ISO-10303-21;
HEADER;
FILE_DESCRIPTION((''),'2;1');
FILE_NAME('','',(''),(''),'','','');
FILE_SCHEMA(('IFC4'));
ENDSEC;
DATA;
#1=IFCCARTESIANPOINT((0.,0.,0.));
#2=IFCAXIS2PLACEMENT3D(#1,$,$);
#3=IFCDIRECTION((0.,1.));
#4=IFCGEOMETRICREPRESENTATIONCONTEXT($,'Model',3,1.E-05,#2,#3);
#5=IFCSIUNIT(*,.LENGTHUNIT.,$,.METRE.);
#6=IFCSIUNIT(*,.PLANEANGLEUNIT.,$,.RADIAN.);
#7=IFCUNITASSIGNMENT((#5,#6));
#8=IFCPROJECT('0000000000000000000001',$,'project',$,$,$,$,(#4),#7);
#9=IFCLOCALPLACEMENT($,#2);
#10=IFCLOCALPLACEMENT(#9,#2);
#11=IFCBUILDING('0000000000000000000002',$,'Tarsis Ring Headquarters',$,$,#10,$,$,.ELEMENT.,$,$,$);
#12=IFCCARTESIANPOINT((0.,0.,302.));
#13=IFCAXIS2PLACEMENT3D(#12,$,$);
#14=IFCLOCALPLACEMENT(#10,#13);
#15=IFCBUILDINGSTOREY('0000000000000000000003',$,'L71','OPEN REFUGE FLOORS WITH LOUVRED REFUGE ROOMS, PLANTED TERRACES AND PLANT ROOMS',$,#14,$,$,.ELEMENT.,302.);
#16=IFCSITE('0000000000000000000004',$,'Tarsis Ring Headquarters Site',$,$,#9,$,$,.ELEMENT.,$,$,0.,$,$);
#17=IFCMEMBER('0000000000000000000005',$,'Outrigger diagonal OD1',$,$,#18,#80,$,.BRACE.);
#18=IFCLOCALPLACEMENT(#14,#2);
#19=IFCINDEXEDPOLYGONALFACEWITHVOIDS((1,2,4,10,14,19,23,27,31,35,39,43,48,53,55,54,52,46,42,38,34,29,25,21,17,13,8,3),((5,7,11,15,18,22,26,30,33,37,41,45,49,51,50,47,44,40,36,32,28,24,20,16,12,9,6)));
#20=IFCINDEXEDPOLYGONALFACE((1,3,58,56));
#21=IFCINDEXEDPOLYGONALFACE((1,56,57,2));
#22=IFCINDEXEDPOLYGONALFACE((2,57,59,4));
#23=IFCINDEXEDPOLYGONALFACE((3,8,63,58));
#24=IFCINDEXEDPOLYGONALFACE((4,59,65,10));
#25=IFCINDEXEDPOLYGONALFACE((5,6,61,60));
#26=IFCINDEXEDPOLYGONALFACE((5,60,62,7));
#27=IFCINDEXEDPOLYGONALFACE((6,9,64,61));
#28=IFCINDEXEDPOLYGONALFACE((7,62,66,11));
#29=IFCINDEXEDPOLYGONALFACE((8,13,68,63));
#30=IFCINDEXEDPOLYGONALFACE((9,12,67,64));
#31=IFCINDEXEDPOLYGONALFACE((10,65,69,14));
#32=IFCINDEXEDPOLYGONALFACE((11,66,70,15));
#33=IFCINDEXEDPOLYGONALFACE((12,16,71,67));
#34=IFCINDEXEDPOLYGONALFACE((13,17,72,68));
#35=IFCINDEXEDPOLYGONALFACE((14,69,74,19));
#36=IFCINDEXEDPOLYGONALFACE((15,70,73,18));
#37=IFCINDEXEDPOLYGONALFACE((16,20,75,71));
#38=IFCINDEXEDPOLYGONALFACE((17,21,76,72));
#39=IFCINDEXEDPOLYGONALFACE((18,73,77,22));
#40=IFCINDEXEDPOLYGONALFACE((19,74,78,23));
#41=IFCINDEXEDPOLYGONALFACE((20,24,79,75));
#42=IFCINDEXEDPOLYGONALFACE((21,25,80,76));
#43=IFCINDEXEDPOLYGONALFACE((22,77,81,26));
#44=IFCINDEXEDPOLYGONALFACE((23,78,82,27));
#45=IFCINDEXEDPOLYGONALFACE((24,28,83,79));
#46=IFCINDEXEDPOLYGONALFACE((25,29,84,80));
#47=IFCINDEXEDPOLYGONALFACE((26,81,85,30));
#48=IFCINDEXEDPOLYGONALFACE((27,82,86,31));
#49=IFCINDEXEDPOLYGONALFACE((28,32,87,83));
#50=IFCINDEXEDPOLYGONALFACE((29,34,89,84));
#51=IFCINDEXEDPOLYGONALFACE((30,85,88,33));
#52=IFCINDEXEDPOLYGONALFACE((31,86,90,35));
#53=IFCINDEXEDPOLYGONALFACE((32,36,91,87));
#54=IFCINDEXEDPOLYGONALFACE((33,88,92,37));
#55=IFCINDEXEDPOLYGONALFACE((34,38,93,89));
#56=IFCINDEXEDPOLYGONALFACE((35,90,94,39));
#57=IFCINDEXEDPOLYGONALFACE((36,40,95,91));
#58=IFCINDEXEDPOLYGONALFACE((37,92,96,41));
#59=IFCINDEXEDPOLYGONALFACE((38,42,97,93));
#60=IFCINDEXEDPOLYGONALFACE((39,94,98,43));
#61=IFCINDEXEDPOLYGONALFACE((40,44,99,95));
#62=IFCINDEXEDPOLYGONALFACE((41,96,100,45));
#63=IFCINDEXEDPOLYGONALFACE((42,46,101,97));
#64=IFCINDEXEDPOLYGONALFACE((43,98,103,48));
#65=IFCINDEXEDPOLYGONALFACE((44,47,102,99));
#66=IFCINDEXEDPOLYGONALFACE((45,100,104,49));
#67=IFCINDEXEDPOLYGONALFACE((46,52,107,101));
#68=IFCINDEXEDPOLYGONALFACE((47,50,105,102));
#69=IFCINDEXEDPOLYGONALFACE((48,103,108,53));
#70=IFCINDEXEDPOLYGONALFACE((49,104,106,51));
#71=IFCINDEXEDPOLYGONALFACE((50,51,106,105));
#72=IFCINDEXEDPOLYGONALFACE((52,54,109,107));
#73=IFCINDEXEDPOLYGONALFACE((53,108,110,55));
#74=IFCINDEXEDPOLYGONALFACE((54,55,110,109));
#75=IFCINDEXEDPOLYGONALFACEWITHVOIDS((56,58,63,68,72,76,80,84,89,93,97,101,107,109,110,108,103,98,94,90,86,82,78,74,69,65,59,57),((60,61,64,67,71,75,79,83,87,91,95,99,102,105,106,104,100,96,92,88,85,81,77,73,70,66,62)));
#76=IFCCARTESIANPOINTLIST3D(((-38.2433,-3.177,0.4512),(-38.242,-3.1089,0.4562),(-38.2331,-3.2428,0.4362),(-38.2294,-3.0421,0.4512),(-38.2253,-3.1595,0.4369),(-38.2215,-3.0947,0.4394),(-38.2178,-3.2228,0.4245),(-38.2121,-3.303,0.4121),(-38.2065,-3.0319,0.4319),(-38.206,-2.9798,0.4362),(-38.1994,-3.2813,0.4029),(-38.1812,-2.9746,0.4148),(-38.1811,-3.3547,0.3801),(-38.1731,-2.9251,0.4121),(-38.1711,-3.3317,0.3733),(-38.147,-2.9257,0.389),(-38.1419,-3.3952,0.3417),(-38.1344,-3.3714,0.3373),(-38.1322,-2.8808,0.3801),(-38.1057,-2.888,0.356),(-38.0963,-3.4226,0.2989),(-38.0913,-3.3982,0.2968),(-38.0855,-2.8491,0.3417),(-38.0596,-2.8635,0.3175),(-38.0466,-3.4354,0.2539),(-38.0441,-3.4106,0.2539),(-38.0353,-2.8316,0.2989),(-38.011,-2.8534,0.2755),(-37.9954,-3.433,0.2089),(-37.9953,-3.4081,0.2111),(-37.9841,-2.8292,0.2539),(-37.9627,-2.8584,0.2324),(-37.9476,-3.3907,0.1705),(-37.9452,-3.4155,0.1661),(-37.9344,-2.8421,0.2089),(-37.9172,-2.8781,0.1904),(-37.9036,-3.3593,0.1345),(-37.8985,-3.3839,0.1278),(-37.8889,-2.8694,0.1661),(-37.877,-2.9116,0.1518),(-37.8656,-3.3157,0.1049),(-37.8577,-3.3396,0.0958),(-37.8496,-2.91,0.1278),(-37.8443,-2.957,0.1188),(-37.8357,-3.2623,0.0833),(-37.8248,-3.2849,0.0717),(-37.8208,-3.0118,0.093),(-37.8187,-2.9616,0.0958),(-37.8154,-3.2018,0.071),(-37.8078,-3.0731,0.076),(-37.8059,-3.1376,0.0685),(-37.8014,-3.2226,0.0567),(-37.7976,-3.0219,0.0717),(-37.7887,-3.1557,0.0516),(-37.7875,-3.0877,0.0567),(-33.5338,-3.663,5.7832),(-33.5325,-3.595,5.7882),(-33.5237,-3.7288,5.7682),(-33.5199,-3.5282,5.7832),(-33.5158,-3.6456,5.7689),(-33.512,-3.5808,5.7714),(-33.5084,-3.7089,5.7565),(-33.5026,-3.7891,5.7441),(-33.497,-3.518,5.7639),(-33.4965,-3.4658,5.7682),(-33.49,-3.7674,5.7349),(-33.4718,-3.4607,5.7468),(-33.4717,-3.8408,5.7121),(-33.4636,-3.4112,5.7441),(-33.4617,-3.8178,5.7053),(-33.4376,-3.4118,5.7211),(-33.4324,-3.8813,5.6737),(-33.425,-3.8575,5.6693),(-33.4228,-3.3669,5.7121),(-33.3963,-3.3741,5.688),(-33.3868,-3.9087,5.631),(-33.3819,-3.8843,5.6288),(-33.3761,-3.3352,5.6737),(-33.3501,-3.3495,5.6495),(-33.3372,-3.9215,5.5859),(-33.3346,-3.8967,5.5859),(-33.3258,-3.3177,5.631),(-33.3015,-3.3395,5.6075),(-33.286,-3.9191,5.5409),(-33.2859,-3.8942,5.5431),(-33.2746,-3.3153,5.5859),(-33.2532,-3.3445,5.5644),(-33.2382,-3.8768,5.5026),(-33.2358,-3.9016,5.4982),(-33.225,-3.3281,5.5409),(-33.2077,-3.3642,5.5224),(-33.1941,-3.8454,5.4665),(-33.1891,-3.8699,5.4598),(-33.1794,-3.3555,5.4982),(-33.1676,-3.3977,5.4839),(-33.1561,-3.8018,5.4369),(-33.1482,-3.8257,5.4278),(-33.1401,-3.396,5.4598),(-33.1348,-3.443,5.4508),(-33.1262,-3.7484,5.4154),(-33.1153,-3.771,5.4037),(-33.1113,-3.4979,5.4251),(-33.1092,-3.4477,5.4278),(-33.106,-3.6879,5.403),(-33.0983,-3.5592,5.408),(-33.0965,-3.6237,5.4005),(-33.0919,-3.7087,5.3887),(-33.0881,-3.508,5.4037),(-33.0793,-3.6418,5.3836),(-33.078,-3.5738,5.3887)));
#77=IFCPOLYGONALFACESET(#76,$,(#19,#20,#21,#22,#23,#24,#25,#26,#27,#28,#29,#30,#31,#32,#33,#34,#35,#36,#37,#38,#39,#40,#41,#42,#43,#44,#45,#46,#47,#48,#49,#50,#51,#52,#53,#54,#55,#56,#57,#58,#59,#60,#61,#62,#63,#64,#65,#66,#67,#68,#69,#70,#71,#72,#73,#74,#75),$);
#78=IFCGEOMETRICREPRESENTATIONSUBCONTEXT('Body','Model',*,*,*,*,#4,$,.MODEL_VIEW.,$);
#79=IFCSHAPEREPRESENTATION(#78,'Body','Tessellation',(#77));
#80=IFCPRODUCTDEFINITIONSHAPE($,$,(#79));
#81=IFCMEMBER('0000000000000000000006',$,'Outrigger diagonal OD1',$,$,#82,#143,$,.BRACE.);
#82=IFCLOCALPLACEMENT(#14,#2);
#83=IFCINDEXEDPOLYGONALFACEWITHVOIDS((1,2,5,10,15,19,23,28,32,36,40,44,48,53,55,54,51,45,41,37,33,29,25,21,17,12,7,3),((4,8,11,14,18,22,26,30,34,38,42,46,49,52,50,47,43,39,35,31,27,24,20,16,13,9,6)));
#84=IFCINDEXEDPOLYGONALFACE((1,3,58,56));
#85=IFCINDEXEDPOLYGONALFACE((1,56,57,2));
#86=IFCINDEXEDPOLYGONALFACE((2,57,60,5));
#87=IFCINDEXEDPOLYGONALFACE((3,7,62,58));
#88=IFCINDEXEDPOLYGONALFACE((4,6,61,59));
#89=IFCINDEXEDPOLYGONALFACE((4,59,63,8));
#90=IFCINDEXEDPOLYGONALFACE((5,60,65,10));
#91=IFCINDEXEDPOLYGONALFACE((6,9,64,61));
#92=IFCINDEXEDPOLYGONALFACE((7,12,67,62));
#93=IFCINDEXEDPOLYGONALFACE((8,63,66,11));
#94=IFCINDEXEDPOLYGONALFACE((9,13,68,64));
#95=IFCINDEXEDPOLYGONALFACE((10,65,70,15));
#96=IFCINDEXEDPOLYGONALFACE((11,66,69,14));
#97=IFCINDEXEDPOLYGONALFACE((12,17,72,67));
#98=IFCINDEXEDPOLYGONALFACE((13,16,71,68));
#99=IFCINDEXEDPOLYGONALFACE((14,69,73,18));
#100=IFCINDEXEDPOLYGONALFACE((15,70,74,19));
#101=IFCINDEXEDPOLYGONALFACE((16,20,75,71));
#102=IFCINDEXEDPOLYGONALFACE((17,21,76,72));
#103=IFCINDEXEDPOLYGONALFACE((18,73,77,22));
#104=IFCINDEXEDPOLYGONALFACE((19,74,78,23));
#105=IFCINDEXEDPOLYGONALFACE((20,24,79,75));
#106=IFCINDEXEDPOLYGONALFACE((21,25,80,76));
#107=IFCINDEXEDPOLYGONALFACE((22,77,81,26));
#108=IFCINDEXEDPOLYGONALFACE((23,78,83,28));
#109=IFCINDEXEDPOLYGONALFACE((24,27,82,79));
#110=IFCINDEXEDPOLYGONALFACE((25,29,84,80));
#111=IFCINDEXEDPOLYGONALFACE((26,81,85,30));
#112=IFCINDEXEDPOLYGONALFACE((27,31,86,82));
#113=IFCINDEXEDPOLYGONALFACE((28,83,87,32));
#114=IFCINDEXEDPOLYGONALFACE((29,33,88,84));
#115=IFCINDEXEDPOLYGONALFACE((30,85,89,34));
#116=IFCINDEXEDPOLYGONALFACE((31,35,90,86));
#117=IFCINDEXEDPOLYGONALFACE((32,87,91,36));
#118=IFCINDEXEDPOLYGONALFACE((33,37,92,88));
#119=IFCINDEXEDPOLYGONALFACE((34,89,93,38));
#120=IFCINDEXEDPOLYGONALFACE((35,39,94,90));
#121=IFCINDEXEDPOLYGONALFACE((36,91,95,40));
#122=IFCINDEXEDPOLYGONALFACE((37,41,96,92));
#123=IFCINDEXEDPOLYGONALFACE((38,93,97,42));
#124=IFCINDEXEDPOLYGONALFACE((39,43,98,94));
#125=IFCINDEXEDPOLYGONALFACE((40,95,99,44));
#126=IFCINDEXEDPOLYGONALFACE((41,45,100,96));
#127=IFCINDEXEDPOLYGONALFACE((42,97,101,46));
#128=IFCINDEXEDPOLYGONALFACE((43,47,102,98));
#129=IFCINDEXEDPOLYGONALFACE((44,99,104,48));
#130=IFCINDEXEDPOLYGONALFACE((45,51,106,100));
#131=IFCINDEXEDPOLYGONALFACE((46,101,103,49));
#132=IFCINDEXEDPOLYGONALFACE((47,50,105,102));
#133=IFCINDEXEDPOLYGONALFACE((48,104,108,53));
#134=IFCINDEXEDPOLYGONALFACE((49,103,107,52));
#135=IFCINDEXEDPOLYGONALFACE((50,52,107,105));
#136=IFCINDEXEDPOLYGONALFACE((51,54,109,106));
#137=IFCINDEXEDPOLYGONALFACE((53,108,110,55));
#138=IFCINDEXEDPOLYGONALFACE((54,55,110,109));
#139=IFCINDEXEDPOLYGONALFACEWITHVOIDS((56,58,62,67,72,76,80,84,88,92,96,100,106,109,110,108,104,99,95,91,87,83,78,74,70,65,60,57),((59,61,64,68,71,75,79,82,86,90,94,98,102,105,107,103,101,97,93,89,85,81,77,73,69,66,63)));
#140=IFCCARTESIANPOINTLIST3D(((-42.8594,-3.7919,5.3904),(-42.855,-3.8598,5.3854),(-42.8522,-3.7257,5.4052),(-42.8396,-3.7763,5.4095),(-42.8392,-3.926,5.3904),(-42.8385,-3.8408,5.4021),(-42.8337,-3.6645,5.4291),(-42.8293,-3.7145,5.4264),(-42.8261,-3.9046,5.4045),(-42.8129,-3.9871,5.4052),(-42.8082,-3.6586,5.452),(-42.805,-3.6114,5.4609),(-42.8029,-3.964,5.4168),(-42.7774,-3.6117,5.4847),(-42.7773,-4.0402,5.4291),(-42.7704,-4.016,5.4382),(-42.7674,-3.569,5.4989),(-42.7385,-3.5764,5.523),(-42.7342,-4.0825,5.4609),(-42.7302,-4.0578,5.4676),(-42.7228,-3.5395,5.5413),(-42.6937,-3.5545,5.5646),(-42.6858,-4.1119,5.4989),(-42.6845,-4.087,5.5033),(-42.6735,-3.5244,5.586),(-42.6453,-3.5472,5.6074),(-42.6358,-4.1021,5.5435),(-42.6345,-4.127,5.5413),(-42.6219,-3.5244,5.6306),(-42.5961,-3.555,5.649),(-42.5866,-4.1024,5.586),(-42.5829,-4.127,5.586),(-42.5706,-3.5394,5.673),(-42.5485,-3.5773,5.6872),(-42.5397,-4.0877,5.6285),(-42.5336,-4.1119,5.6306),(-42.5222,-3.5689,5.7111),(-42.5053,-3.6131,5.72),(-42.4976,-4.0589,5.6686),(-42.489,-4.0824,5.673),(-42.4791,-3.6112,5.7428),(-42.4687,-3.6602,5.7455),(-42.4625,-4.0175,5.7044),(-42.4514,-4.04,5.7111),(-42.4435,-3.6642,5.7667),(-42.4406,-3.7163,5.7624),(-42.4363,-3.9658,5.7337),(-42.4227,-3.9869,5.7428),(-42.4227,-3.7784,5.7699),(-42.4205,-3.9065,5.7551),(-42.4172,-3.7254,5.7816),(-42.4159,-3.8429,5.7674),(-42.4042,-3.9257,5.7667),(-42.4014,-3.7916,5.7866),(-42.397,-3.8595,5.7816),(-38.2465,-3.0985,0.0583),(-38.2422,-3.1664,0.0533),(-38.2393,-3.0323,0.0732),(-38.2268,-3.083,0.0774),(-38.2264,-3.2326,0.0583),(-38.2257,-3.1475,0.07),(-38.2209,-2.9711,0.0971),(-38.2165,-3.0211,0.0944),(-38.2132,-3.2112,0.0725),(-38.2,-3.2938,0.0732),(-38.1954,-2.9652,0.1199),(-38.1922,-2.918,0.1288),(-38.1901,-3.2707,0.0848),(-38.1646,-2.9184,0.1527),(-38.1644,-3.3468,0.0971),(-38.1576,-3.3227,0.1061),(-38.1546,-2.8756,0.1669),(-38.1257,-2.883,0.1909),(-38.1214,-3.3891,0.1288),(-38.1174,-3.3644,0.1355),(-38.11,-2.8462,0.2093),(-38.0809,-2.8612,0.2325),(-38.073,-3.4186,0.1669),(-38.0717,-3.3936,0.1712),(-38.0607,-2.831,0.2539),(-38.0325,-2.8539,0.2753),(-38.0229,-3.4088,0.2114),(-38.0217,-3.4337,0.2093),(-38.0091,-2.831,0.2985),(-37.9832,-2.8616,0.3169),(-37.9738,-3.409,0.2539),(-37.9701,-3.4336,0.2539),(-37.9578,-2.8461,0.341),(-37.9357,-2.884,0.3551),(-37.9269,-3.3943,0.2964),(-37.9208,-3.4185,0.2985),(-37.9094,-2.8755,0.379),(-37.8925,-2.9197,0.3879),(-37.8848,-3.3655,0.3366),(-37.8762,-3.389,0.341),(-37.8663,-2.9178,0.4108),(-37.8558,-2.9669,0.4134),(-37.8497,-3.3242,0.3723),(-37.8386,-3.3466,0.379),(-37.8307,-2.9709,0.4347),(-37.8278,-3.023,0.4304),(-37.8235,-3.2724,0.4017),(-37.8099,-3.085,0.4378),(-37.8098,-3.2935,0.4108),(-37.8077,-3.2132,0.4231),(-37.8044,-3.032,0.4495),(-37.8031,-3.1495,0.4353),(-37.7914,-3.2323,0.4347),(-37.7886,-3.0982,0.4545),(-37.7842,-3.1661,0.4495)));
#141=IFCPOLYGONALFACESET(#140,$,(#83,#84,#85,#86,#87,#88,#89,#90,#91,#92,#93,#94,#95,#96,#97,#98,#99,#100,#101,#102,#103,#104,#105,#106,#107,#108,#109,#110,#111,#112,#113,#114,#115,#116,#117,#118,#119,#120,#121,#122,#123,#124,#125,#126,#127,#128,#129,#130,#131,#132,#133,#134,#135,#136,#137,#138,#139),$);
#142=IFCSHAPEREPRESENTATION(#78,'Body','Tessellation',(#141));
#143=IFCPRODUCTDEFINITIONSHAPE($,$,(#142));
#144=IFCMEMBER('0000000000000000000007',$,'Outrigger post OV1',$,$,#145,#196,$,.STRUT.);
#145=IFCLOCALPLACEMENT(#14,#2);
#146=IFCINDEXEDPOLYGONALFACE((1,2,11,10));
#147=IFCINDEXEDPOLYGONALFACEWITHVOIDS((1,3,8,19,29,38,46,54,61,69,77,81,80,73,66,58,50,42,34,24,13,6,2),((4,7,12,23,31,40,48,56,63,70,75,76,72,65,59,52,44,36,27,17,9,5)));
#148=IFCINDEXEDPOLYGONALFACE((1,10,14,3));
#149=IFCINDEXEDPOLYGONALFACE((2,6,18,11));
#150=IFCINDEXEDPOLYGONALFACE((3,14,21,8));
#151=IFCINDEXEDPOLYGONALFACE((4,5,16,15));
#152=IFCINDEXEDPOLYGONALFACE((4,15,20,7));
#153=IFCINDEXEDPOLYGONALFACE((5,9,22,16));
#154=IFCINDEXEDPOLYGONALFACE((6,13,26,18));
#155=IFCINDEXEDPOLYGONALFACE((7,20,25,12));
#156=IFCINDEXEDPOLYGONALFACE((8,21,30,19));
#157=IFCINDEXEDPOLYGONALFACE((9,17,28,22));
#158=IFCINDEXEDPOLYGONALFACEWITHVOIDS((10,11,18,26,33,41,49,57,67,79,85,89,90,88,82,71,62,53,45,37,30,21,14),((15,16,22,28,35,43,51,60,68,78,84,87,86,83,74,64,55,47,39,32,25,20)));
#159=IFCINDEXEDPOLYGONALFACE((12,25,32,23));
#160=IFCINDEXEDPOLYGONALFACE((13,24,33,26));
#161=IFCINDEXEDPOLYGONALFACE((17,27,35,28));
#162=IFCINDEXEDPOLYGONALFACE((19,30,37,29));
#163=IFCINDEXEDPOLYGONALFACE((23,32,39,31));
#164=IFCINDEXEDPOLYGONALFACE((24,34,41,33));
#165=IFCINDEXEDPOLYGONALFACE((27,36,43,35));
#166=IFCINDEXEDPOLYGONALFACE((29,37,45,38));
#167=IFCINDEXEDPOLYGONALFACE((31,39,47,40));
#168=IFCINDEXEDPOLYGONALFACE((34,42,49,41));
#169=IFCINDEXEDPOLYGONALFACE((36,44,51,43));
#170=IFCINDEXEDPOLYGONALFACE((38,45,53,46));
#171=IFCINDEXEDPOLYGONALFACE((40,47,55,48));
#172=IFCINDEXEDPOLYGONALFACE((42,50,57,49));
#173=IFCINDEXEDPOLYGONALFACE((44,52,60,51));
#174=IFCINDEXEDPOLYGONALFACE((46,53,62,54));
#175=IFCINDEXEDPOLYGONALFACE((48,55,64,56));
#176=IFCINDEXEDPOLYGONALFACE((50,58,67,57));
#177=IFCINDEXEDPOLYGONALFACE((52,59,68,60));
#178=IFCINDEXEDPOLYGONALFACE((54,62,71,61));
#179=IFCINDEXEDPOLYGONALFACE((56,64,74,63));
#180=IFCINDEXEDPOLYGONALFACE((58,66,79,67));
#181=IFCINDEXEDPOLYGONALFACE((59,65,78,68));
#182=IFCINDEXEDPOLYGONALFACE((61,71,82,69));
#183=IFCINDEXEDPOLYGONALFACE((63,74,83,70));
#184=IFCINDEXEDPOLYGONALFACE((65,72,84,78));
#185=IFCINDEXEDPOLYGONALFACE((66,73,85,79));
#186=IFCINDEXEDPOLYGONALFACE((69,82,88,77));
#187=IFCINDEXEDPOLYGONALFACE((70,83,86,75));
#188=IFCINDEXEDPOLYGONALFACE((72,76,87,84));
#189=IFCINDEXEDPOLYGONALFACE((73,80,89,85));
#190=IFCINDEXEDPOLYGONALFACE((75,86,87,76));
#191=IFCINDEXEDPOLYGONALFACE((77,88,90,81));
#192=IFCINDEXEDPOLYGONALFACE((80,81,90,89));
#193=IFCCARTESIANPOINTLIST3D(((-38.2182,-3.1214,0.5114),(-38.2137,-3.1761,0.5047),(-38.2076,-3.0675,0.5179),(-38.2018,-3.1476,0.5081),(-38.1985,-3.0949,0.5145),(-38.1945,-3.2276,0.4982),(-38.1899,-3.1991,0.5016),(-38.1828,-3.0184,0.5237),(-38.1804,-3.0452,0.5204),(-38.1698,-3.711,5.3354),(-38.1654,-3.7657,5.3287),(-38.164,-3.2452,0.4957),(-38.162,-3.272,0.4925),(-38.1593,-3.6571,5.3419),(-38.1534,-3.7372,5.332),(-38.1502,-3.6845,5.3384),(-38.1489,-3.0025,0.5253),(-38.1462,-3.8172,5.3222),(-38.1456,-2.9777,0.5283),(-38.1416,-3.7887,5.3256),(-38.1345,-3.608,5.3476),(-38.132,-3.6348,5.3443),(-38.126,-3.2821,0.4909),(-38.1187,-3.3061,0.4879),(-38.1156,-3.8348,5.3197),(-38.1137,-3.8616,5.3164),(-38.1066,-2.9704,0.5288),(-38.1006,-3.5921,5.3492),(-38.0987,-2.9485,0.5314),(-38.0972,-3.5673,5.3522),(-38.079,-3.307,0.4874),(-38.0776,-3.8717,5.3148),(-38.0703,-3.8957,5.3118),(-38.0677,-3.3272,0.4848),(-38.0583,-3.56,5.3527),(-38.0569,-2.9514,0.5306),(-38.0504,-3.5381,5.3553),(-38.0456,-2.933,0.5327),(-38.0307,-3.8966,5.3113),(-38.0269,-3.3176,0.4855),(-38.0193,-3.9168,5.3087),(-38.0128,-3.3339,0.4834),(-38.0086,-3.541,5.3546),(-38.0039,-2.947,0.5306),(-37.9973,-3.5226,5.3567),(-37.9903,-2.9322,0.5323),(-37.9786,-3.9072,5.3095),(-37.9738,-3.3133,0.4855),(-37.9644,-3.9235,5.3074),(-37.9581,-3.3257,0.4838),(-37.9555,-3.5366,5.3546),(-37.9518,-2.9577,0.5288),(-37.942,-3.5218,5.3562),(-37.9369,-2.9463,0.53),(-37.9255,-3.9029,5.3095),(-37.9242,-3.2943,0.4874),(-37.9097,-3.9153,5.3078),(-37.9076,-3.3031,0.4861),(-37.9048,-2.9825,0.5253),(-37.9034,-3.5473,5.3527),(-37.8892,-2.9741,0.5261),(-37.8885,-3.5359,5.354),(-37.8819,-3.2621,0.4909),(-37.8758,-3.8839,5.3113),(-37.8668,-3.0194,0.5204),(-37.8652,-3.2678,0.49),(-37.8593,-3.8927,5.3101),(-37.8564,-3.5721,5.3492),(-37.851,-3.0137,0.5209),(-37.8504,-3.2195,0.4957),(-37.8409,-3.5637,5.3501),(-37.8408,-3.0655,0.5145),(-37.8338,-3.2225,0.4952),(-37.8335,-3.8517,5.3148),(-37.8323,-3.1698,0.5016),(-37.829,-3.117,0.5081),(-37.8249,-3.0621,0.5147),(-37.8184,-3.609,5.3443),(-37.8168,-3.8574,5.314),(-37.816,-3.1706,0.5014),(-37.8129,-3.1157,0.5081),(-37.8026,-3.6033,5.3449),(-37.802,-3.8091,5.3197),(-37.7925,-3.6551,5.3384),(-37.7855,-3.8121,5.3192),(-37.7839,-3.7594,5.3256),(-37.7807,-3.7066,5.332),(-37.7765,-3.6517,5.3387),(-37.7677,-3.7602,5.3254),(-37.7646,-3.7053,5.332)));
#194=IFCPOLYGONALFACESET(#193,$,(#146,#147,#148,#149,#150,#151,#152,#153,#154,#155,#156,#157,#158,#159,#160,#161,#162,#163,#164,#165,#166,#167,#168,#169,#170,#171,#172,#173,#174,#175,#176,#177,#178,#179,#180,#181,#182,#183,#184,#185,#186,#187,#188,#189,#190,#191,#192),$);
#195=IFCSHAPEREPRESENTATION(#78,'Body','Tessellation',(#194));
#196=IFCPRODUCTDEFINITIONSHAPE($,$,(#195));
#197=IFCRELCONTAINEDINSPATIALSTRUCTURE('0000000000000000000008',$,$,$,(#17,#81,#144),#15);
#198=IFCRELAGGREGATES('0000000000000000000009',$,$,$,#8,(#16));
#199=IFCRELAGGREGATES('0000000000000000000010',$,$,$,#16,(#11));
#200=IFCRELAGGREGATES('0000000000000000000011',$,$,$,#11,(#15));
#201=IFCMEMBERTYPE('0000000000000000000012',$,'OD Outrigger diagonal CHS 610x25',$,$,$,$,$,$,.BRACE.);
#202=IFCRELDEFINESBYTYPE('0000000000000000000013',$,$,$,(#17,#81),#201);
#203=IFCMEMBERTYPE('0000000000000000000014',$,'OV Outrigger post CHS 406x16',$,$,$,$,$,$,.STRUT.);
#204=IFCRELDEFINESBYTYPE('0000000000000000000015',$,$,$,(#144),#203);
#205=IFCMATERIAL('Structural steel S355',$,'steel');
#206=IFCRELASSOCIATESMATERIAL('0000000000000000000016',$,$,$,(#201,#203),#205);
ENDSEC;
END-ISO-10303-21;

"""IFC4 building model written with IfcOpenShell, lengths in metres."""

from ifc_helpers import new_model, si_unit, direction, frame, origin, origin_2d, place, context, subcontext, project, spatial, hollow_circle, extrude, material, material_profile, profile_set, type_object, element, save


model = new_model("IFC4")

# Units and contexts
model_context = context("Model", 3, precision=1e-05, world=origin(), true_north=direction((0.0, 1.0)))
body_context = subcontext(model_context, "Body", "Model", "MODEL_VIEW")
ifc_project = project(units=[si_unit("LENGTHUNIT", "METRE"), si_unit("PLANEANGLEUNIT", "RADIAN")], contexts=[model_context])

# Site, building, storey
site_placement = place(None, origin())
site = spatial("IfcSite", under=ifc_project, at=site_placement, Name="Tarsis Ring Headquarters Site", CompositionType="ELEMENT", RefElevation=0.0)
building_placement = place(site_placement, origin())
building = spatial("IfcBuilding", under=site, at=building_placement, Name="Tarsis Ring Headquarters", CompositionType="ELEMENT")
storey_placement = place(building_placement, frame((0.0, 0.0, 302.0)))
storey = spatial("IfcBuildingStorey", under=building, at=storey_placement, Name="L71", Description="OPEN REFUGE FLOORS WITH LOUVRED REFUGE ROOMS, PLANTED TERRACES AND PLANT ROOMS", CompositionType="ELEMENT", Elevation=302.0)

# Shared definitions
ifc_material_1 = material(Name="Structural steel S355", Category="steel")

# Members
ifc_material_profile_1 = material_profile(ifc_material_1, hollow_circle(Radius=0.3047, WallThickness=0.0249, at=origin_2d()), Name="CHS 610x25")
ifc_profile_set_1 = profile_set([ifc_material_profile_1], Name="Structural steel S355")
member_type_1 = type_object("IfcMemberType", Name="OD Outrigger diagonal CHS 610x25", PredefinedType="BRACE", material=ifc_profile_set_1)
member_1_placement = place(storey_placement, frame((-33.3059, -3.6184, 5.5859), z_axis=(-0.660456, 0.068168, -0.747764), x_axis=(-0.102669, -0.994716, 0.0)))
element("IfcMember", 1, at=member_1_placement, inside=storey, type_object=member_type_1, Name="Outrigger diagonal OD1", PredefinedType="BRACE", context=body_context, shape_type="SweptSolid", body=[
    extrude(hollow_circle(Radius=0.3047, WallThickness=0.0249, at=origin_2d()), origin(), (0.0, 0.0, 1.0), 7.1306),
])
member_2_placement = place(storey_placement, frame((-38.0154, -3.1323, 0.2539), z_axis=(-0.651117, -0.097871, 0.752641), x_axis=(0.148642, -0.988891, 0.0)))
element("IfcMember", 2, at=member_2_placement, inside=storey, type_object=member_type_1, Name="Outrigger diagonal OD1", PredefinedType="BRACE", context=body_context, shape_type="SweptSolid", body=[
    extrude(hollow_circle(Radius=0.3047, WallThickness=0.0249, at=origin_2d()), origin(), (0.0, 0.0, 1.0), 7.0845),
])
ifc_material_profile_2 = material_profile(ifc_material_1, hollow_circle(Radius=0.2031, WallThickness=0.0161, at=origin_2d()), Name="CHS 406x16")
ifc_profile_set_2 = profile_set([ifc_material_profile_2], Name="Structural steel S355")
member_type_2 = type_object("IfcMemberType", Name="OV Outrigger post CHS 406x16", PredefinedType="STRUT", material=ifc_profile_set_2)
member_3_placement = place(storey_placement, frame((-38.0154, -3.1323, 0.5081), z_axis=(0.009946, -0.121314, 0.992564), x_axis=(0.996656, 0.081713, 0.0)))
element("IfcMember", 3, at=member_3_placement, inside=storey, type_object=member_type_2, Name="Outrigger post OV1", PredefinedType="STRUT", context=body_context, shape_type="SweptSolid", body=[
    extrude(hollow_circle(Radius=0.2031, WallThickness=0.0161, at=origin_2d()), origin(), (0.0, 0.0, 1.0), 4.8601),
])

save(model, "model.ifc")
